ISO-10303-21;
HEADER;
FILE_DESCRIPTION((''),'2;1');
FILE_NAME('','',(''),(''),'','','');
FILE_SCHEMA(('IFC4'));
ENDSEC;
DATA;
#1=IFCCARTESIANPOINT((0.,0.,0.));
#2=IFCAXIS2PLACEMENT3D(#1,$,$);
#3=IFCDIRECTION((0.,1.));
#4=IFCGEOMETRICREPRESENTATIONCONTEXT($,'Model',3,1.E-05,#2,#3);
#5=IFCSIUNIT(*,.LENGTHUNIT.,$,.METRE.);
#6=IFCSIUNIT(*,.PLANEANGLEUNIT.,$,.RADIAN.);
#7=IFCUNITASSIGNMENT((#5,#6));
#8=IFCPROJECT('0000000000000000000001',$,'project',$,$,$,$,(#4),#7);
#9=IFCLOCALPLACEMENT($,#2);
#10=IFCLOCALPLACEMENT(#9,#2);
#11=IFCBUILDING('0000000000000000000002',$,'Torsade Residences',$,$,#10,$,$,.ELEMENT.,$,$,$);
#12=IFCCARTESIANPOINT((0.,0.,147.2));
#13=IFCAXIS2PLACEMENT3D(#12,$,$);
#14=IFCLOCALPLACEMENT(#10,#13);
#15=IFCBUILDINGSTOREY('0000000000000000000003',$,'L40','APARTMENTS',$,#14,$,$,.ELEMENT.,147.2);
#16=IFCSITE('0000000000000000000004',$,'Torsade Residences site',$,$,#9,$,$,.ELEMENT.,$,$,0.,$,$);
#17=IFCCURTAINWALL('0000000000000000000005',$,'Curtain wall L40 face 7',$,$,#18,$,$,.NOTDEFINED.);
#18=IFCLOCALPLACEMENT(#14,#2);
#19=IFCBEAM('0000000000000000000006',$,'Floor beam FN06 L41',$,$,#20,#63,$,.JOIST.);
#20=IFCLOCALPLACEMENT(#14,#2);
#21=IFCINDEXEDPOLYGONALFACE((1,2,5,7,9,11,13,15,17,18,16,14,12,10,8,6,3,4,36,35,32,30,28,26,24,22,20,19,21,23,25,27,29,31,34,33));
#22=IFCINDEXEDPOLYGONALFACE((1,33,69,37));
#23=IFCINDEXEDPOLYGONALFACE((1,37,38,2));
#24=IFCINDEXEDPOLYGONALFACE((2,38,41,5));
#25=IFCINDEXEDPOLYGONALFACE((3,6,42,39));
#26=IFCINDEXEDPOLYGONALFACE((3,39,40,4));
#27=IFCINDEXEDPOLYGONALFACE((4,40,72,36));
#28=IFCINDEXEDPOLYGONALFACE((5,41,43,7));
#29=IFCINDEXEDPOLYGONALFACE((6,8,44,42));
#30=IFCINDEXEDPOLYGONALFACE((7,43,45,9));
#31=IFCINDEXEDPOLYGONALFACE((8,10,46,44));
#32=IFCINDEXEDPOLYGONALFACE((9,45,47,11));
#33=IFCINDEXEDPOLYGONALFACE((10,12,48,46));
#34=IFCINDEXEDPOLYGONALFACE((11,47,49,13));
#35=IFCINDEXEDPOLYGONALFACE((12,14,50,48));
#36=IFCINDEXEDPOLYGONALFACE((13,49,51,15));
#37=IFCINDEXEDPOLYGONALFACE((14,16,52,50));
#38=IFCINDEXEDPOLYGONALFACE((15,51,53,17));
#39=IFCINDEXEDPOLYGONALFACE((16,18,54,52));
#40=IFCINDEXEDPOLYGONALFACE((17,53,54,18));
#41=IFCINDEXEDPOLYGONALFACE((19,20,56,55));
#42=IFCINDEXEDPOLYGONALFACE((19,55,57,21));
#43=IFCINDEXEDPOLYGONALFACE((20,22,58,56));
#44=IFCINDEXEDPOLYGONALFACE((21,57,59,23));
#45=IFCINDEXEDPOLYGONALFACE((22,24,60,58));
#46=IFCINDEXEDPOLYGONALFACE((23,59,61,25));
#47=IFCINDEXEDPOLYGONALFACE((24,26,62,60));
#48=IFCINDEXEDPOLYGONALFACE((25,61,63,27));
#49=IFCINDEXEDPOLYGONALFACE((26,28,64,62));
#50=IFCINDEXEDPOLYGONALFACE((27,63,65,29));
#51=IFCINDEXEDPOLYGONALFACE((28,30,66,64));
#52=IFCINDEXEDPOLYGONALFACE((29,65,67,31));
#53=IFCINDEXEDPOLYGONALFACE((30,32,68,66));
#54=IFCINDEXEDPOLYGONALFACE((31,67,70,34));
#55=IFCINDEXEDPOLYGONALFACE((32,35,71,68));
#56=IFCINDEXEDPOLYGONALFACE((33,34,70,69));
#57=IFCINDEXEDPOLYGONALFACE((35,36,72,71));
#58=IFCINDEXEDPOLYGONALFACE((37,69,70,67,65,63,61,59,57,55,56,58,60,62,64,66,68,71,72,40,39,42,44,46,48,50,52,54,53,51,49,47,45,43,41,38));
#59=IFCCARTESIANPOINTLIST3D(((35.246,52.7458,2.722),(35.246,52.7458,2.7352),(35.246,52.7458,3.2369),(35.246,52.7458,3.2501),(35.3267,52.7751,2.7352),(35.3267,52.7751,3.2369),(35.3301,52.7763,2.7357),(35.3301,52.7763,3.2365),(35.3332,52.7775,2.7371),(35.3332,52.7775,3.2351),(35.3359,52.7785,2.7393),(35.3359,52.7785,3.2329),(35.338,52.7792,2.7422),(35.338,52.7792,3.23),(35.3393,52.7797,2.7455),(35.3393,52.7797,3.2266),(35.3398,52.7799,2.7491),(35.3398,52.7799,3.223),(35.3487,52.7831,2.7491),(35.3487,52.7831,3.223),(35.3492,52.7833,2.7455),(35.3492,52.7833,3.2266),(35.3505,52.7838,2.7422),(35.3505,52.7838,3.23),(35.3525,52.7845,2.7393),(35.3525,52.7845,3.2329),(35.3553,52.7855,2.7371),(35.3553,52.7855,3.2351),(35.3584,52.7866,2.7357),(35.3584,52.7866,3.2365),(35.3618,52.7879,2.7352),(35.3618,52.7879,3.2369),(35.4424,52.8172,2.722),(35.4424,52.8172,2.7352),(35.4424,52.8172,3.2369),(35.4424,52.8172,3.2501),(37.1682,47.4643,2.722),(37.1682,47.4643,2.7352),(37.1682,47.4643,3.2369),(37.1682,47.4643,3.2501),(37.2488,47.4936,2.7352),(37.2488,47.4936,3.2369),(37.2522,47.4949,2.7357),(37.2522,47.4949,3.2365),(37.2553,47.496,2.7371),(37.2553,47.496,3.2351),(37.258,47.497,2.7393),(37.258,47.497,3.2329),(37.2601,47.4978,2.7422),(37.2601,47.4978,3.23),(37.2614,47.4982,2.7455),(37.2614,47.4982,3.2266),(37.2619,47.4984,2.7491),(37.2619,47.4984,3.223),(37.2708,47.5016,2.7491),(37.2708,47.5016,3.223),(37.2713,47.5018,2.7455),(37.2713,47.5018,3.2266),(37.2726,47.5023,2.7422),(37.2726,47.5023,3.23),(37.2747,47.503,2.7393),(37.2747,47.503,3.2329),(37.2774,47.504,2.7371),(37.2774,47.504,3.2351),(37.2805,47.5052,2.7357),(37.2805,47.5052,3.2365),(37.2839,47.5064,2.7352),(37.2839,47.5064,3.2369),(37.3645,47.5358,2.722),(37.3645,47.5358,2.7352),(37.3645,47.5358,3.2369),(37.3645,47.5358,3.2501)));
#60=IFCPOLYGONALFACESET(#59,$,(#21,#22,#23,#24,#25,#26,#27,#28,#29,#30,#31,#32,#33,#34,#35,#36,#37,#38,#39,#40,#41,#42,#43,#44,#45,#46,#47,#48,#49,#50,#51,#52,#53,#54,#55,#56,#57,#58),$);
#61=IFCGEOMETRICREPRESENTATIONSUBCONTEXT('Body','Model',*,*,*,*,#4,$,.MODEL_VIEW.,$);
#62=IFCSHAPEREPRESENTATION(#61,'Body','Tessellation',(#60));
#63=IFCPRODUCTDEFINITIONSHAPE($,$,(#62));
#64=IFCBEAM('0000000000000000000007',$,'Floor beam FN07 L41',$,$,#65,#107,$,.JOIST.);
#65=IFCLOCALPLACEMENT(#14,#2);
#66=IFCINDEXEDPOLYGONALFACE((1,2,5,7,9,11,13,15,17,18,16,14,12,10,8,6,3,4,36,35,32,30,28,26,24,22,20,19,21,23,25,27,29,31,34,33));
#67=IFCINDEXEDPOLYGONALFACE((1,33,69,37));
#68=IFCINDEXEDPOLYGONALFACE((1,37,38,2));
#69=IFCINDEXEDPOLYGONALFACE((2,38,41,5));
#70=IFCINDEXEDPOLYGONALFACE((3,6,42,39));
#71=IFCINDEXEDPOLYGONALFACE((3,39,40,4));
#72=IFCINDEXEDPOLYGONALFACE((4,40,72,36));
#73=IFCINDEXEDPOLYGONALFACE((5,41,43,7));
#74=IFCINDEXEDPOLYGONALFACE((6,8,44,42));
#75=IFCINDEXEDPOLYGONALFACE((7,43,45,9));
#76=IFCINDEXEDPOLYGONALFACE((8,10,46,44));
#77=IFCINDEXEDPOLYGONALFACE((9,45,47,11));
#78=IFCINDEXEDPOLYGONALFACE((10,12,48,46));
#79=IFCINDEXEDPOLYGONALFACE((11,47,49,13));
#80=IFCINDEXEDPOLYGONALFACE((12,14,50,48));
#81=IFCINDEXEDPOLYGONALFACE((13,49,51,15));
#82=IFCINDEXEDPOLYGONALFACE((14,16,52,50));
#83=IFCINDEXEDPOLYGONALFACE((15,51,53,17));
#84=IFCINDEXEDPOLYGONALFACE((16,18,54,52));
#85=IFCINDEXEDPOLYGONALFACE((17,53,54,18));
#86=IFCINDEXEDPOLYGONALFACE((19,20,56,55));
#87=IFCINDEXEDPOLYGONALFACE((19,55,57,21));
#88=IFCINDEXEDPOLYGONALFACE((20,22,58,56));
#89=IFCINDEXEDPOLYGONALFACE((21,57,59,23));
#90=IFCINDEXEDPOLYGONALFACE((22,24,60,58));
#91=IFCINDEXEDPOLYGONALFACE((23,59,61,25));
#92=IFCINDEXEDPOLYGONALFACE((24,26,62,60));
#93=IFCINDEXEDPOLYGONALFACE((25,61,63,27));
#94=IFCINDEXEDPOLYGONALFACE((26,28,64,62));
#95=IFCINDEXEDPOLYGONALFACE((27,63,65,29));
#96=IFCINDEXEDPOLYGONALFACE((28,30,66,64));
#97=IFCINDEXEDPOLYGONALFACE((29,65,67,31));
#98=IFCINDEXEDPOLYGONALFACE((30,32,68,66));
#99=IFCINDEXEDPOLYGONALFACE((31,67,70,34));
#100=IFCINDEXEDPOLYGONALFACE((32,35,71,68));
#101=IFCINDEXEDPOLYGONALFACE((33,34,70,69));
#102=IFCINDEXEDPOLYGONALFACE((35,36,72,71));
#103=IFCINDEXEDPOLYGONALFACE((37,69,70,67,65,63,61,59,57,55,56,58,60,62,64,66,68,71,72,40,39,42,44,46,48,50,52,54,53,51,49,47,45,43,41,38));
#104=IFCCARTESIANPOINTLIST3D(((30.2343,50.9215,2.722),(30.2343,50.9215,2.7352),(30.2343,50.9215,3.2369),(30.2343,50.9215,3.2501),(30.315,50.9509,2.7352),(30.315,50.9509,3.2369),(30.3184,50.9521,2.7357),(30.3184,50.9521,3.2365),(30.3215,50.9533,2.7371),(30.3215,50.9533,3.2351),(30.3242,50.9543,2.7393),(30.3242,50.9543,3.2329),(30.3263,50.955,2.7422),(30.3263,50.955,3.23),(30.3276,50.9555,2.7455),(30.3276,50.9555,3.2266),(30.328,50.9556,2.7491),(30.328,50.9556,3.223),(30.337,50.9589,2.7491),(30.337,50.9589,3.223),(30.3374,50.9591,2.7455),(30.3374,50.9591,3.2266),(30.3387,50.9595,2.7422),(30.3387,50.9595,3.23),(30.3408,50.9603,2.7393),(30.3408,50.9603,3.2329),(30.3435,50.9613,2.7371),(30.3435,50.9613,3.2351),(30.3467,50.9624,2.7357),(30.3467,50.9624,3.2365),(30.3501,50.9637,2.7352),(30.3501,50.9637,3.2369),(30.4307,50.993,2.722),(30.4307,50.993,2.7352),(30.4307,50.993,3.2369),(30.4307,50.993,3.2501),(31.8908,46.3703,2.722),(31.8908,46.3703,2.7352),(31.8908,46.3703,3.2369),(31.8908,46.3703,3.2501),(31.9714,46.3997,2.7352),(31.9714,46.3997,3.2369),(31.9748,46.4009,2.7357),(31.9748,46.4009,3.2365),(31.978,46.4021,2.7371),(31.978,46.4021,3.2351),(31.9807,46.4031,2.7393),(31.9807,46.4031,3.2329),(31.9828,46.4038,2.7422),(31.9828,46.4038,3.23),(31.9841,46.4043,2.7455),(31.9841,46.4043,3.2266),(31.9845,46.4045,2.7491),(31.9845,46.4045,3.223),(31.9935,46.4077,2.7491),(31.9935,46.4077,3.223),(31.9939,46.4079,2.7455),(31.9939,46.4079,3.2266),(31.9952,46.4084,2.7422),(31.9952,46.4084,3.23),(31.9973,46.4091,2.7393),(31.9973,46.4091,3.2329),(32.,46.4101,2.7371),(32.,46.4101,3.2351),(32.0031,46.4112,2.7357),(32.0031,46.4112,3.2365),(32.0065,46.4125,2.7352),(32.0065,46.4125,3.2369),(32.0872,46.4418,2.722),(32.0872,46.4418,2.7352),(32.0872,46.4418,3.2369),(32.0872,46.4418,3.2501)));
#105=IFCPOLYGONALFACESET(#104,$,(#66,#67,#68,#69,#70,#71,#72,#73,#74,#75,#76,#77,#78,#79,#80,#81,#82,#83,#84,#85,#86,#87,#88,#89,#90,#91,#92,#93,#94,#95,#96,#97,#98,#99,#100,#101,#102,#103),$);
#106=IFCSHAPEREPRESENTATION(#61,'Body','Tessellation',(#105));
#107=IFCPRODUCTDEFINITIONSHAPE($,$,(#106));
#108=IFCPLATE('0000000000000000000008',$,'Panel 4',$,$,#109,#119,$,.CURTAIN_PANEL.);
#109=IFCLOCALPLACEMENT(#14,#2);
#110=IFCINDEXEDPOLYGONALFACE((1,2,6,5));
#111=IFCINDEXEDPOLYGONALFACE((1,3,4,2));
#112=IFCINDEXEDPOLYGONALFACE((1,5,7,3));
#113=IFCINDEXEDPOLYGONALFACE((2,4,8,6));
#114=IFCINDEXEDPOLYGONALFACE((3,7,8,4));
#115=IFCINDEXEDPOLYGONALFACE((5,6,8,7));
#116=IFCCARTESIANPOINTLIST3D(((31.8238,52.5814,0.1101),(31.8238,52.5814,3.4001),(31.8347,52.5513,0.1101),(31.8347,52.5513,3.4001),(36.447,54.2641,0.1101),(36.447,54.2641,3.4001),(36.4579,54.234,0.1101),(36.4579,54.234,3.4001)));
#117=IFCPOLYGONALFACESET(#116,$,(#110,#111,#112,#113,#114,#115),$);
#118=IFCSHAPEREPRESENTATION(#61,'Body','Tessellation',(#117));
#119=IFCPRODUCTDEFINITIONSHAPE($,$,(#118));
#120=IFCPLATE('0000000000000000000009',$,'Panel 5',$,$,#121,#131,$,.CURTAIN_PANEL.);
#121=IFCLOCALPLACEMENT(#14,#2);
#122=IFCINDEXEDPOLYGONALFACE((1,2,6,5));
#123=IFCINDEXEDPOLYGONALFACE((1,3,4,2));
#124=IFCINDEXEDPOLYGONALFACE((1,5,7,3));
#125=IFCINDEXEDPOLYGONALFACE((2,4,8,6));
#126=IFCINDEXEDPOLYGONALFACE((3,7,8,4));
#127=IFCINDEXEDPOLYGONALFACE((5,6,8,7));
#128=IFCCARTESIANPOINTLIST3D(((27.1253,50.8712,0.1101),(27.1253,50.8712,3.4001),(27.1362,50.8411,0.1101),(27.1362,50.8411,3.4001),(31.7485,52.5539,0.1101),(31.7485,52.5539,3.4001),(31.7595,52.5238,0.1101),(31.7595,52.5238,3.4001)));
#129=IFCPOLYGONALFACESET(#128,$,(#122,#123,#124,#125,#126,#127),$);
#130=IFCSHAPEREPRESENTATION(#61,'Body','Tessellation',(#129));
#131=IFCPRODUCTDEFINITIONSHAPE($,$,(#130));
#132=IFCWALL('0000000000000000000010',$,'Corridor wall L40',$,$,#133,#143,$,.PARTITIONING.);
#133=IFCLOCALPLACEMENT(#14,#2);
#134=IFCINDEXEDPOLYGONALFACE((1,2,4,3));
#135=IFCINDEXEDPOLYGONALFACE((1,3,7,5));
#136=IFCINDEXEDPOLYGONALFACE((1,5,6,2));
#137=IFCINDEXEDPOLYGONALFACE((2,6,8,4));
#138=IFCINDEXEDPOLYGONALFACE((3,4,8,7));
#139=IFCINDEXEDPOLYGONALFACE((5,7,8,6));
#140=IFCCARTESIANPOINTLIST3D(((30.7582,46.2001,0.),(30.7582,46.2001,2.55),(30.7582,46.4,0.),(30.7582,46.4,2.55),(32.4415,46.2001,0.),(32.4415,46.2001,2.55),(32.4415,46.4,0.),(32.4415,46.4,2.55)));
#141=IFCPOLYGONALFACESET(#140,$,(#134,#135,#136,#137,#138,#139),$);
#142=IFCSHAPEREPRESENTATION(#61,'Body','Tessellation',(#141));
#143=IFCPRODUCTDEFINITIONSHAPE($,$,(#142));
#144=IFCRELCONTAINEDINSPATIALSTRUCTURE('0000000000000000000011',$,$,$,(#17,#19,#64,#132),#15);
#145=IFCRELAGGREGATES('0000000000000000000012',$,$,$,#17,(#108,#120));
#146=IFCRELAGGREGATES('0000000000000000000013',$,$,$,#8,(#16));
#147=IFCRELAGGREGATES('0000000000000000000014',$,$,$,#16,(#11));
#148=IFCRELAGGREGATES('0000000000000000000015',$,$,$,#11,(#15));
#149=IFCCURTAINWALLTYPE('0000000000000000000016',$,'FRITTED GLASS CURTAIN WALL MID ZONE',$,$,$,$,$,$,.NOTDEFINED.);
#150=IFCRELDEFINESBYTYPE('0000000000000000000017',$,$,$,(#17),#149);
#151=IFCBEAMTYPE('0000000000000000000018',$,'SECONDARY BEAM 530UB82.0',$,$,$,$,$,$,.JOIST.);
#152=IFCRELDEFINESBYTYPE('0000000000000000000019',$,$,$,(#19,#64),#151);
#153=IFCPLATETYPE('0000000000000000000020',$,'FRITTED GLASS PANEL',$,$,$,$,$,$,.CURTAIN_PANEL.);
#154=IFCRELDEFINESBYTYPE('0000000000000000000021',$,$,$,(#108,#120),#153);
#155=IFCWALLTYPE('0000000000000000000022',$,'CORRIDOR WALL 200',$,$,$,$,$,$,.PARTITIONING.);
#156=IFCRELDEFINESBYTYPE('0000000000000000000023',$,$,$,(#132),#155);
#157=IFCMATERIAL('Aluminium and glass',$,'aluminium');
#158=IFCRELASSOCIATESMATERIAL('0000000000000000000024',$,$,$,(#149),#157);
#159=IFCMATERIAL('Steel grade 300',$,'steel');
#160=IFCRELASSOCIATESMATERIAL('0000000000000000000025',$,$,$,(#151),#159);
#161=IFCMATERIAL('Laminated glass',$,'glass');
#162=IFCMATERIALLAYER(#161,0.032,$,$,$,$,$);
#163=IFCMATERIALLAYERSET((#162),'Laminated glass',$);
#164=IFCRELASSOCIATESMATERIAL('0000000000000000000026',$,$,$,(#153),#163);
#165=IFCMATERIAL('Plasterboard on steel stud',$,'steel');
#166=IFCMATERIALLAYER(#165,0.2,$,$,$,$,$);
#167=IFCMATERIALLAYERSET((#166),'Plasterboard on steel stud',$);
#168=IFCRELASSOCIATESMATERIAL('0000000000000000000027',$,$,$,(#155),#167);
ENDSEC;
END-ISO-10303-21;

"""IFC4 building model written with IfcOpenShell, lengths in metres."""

from ifc_helpers import new_model, si_unit, direction, frame, frame_2d, origin, origin_2d, place, context, subcontext, project, spatial, rectangle, i_section, extrude, material, layer, layer_set, material_profile, profile_set, type_object, element, aggregate, save


model = new_model("IFC4")

# Units and contexts
model_context = context("Model", 3, precision=1e-05, world=origin(), true_north=direction((0.0, 1.0)))
body_context = subcontext(model_context, "Body", "Model", "MODEL_VIEW")
ifc_project = project(units=[si_unit("LENGTHUNIT", "METRE"), si_unit("PLANEANGLEUNIT", "RADIAN")], contexts=[model_context])

# Site, building, storey
site_placement = place(None, origin())
site = spatial("IfcSite", under=ifc_project, at=site_placement, Name="Torsade Residences site", CompositionType="ELEMENT", RefElevation=0.0)
building_placement = place(site_placement, origin())
building = spatial("IfcBuilding", under=site, at=building_placement, Name="Torsade Residences", CompositionType="ELEMENT")
storey_placement = place(building_placement, frame((0.0, 0.0, 147.2)))
storey = spatial("IfcBuildingStorey", under=building, at=storey_placement, Name="L40", Description="APARTMENTS", CompositionType="ELEMENT", Elevation=147.2)

# Curtain wall
ifc_material_1 = material(Name="Aluminium and glass", Category="aluminium")
curtain_wall_type = type_object("IfcCurtainWallType", Name="FRITTED GLASS CURTAIN WALL MID ZONE", PredefinedType="NOTDEFINED", material=ifc_material_1)
curtain_wall_placement = place(storey_placement, origin())
curtain_wall = element("IfcCurtainWall", 1, at=curtain_wall_placement, inside=storey, type_object=curtain_wall_type, Name="Curtain wall L40 face 7", PredefinedType="NOTDEFINED")

# Beams
ifc_material_2 = material(Name="Steel grade 300", Category="steel")
ifc_material_profile_1 = material_profile(ifc_material_2, i_section(OverallWidth=0.209, OverallDepth=0.5281, WebThickness=0.0095, FlangeThickness=0.0132, FilletRadius=0.0139, at=origin_2d()), Name="530UB82.0")
ifc_profile_set_1 = profile_set([ifc_material_profile_1], Name="Steel grade 300")
beam_type_1 = type_object("IfcBeamType", Name="SECONDARY BEAM 530UB82.0", PredefinedType="JOIST", material=ifc_profile_set_1)
beam_1_placement = place(storey_placement, frame((35.3442, 52.7815, 2.9861), z_axis=(0.341991, -0.939703, 0.0), x_axis=(0.939703, 0.341991, 0.0)))
element("IfcBeam", 2, at=beam_1_placement, inside=storey, type_object=beam_type_1, Name="Floor beam FN06 L41", PredefinedType="JOIST", context=body_context, shape_type="SweptSolid", body=[
    extrude(i_section(OverallWidth=0.209, OverallDepth=0.5281, WebThickness=0.0095, FlangeThickness=0.0132, FilletRadius=0.0139, at=origin_2d()), origin(), (0.0, 0.0, 1.0), 5.6204),
])
beam_2_placement = place(storey_placement, frame((30.3325, 50.9573, 2.9861), z_axis=(0.342014, -0.939695, 0.0), x_axis=(0.939695, 0.342014, 0.0)))
element("IfcBeam", 3, at=beam_2_placement, inside=storey, type_object=beam_type_1, Name="Floor beam FN07 L41", PredefinedType="JOIST", context=body_context, shape_type="SweptSolid", body=[
    extrude(i_section(OverallWidth=0.209, OverallDepth=0.5281, WebThickness=0.0095, FlangeThickness=0.0132, FilletRadius=0.0139, at=origin_2d()), origin(), (0.0, 0.0, 1.0), 4.8433),
])

# Plates
ifc_material_3 = material(Name="Laminated glass", Category="glass")
ifc_layer_1 = layer(ifc_material_3, 0.032)
ifc_layer_set_1 = layer_set([ifc_layer_1], Name="Laminated glass")
plate_type = type_object("IfcPlateType", Name="FRITTED GLASS PANEL", PredefinedType="CURTAIN_PANEL", material=ifc_layer_set_1)
plate_1_placement = place(storey_placement, frame((34.1409, 53.4077, 0.1101), z_axis=(0.0, 0.0, 1.0), x_axis=(-0.939693, -0.34202, 0.0)))
plate_1 = element("IfcPlate", 4, at=plate_1_placement, type_object=plate_type, Name="Panel 4", PredefinedType="CURTAIN_PANEL", context=body_context, shape_type="SweptSolid", body=[
    extrude(rectangle(XDim=4.9199, YDim=0.032, at=origin_2d()), origin(), (0.0, 0.0, 1.0), 3.29),
])
plate_2_placement = place(storey_placement, frame((29.4424, 51.6975, 0.1101), z_axis=(0.0, 0.0, 1.0), x_axis=(-0.939693, -0.34202, 0.0)))
plate_2 = element("IfcPlate", 5, at=plate_2_placement, type_object=plate_type, Name="Panel 5", PredefinedType="CURTAIN_PANEL", context=body_context, shape_type="SweptSolid", body=[
    extrude(rectangle(XDim=4.9199, YDim=0.032, at=origin_2d()), origin(), (0.0, 0.0, 1.0), 3.29),
])
aggregate(curtain_wall, [plate_1, plate_2])

# Wall
ifc_material_4 = material(Name="Plasterboard on steel stud", Category="steel")
ifc_layer_2 = layer(ifc_material_4, 0.2)
ifc_layer_set_2 = layer_set([ifc_layer_2], Name="Plasterboard on steel stud")
wall_type_1 = type_object("IfcWallType", Name="CORRIDOR WALL 200", PredefinedType="PARTITIONING", material=ifc_layer_set_2)
wall_1_placement = place(storey_placement, frame((32.4417, 46.3, 0.0), z_axis=(0.0, 0.0, 1.0), x_axis=(-1.0, 0.0, 0.0)))
element("IfcWall", 6, at=wall_1_placement, inside=storey, type_object=wall_type_1, Name="Corridor wall L40", PredefinedType="PARTITIONING", context=body_context, shape_type="SweptSolid", body=[
    extrude(rectangle(XDim=1.6833, YDim=0.2, at=frame_2d((0.8418, 0.0))), origin(), (0.0, 0.0, 1.0), 2.55),
])

save(model, "model.ifc")
